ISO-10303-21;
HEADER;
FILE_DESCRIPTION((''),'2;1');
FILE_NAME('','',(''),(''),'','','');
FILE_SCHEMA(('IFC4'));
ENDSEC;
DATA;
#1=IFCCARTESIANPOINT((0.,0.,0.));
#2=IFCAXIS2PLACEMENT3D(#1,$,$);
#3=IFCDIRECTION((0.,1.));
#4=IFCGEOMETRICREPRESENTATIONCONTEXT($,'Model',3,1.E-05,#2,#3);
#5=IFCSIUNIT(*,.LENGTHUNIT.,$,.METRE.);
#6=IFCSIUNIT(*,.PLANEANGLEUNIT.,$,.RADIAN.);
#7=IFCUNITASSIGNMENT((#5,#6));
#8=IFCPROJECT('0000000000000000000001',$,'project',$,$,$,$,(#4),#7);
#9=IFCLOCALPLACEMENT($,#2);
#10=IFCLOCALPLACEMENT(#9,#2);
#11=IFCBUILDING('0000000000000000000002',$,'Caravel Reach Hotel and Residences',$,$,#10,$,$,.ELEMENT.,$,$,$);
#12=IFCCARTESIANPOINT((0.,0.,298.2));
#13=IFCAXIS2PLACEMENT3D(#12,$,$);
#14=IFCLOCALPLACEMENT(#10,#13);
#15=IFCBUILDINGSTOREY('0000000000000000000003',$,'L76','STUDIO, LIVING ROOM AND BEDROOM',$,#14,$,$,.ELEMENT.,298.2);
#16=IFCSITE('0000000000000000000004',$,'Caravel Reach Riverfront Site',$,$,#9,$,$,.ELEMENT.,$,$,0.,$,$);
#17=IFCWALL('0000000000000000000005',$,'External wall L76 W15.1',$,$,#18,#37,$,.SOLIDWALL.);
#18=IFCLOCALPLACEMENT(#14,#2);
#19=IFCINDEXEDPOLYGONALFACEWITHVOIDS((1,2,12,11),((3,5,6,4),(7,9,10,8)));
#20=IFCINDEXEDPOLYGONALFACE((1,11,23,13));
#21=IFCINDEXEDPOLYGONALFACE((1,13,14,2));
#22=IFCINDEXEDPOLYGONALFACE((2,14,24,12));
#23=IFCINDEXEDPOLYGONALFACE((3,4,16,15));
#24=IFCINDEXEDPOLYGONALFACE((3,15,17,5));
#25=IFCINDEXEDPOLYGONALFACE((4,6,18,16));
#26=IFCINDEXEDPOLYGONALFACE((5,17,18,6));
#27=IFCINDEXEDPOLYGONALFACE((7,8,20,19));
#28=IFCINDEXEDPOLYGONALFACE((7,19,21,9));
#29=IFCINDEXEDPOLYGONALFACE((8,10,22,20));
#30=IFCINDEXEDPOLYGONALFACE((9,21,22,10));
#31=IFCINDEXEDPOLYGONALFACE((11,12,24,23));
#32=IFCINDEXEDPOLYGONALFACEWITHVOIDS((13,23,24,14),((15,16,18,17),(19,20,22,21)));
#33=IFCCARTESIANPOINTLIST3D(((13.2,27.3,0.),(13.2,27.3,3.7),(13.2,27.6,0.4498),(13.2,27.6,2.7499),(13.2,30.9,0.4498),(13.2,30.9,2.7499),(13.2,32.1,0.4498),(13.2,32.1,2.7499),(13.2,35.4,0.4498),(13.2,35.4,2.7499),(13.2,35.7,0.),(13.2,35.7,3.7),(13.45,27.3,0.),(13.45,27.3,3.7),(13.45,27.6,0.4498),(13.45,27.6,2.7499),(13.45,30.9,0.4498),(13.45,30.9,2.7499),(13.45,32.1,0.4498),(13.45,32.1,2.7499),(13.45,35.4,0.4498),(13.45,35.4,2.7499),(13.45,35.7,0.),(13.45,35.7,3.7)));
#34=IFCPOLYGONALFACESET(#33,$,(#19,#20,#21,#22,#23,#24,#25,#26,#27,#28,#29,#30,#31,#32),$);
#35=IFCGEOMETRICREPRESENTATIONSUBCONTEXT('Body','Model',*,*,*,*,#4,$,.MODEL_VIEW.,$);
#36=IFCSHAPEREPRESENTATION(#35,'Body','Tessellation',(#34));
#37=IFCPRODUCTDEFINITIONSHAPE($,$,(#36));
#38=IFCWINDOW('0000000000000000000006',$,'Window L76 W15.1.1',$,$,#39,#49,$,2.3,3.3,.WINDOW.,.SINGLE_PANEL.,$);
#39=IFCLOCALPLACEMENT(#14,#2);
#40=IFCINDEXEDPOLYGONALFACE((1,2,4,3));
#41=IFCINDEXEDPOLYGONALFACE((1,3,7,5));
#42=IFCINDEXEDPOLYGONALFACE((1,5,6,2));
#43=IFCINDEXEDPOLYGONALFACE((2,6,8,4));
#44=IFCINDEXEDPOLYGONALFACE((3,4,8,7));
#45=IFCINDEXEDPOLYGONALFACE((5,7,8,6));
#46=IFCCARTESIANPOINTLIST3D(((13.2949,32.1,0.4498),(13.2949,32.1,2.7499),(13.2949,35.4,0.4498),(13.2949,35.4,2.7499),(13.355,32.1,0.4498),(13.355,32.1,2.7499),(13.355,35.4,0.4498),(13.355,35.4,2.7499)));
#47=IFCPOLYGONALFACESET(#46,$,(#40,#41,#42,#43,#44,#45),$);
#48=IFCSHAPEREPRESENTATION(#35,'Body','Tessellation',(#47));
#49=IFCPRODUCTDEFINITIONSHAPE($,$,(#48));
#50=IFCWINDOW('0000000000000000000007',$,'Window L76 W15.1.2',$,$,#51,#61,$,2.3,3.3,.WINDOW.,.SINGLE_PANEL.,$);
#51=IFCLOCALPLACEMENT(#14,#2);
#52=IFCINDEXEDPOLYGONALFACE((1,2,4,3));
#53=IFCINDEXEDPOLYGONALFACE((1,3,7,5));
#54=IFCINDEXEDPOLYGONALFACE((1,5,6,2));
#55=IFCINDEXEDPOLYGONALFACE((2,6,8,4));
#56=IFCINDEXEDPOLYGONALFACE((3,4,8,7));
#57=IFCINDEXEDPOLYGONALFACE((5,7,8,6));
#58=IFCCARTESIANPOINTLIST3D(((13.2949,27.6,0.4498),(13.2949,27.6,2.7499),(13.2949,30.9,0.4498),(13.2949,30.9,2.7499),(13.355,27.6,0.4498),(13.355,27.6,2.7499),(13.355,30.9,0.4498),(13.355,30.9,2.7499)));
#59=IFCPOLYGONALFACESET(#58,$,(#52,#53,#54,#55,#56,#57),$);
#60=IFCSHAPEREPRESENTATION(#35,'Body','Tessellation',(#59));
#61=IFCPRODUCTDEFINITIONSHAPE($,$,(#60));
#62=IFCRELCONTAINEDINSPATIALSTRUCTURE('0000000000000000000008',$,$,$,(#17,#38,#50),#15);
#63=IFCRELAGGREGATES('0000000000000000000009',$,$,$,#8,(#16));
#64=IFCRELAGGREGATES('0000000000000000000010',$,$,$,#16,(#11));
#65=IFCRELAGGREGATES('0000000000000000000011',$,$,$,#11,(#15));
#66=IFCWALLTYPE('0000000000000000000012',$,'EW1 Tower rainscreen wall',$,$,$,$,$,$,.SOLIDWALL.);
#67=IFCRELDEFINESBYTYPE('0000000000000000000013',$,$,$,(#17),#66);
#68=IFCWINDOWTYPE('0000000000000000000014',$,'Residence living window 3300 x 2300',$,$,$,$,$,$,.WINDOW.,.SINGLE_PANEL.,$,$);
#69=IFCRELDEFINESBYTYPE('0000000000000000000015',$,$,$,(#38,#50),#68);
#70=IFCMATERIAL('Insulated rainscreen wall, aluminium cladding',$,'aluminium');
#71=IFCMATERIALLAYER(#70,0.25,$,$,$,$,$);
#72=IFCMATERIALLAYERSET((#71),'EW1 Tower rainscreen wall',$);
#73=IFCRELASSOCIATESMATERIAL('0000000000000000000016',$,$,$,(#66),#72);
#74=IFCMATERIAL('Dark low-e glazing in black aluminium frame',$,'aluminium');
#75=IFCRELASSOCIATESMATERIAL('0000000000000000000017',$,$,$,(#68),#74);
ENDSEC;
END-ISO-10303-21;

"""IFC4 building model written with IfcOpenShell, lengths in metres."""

from ifc_helpers import new_model, si_unit, direction, frame, frame_2d, origin, place, context, subcontext, project, spatial, rectangle, extrude, material, layer, layer_set, type_object, element, fill, save


model = new_model("IFC4")

# Units and contexts
model_context = context("Model", 3, precision=1e-05, world=origin(), true_north=direction((0.0, 1.0)))
body_context = subcontext(model_context, "Body", "Model", "MODEL_VIEW")
ifc_project = project(units=[si_unit("LENGTHUNIT", "METRE"), si_unit("PLANEANGLEUNIT", "RADIAN")], contexts=[model_context])

# Site, building, storey
site_placement = place(None, origin())
site = spatial("IfcSite", under=ifc_project, at=site_placement, Name="Caravel Reach Riverfront Site", CompositionType="ELEMENT", RefElevation=0.0)
building_placement = place(site_placement, origin())
building = spatial("IfcBuilding", under=site, at=building_placement, Name="Caravel Reach Hotel and Residences", CompositionType="ELEMENT")
storey_placement = place(building_placement, frame((0.0, 0.0, 298.2)))
storey = spatial("IfcBuildingStorey", under=building, at=storey_placement, Name="L76", Description="STUDIO, LIVING ROOM AND BEDROOM", CompositionType="ELEMENT", Elevation=298.2)

# Shared definitions
ifc_material_1 = material(Name="Insulated rainscreen wall, aluminium cladding", Category="aluminium")
ifc_layer = layer(ifc_material_1, 0.25)
ifc_layer_set = layer_set([ifc_layer], Name="EW1 Tower rainscreen wall")
wall_type = type_object("IfcWallType", Name="EW1 Tower rainscreen wall", PredefinedType="SOLIDWALL", material=ifc_layer_set)

# Wall, openings, windows
wall_1_placement = place(storey_placement, frame((13.325, 35.7, 0.0), z_axis=(0.0, 0.0, 1.0), x_axis=(0.0, -1.0, 0.0)))
wall_1 = element("IfcWall", 1, at=wall_1_placement, inside=storey, type_object=wall_type, Name="External wall L76 W15.1", PredefinedType="SOLIDWALL", context=body_context, shape_type="SweptSolid", body=[
    extrude(rectangle(XDim=8.3999, YDim=0.25, at=frame_2d((4.2, 0.0))), origin(), (0.0, 0.0, 1.0), 3.7),
])
opening_1_placement = place(wall_1_placement, frame((0.3, 0.0, 0.45)))
opening_1 = element("IfcOpeningElement", 2, at=opening_1_placement, cuts=wall_1, PredefinedType="OPENING", context=body_context, shape_type="SweptSolid", body=[
    extrude(rectangle(XDim=3.3, YDim=2.3, at=frame_2d((1.6499, 1.1499))), frame((0.0, 0.135, 0.0), z_axis=(0.0, -1.0, 0.0), x_axis=(1.0, 0.0, 0.0)), (0.0, 0.0, 1.0), 0.27),
])
opening_2_placement = place(wall_1_placement, frame((4.8, 0.0, 0.45)))
opening_2 = element("IfcOpeningElement", 3, at=opening_2_placement, cuts=wall_1, PredefinedType="OPENING", context=body_context, shape_type="SweptSolid", body=[
    extrude(rectangle(XDim=3.3, YDim=2.3, at=frame_2d((1.6499, 1.1499))), frame((0.0, 0.135, 0.0), z_axis=(0.0, -1.0, 0.0), x_axis=(1.0, 0.0, 0.0)), (0.0, 0.0, 1.0), 0.27),
])
ifc_material_2 = material(Name="Dark low-e glazing in black aluminium frame", Category="aluminium")
window_type_1 = type_object("IfcWindowType", Name="Residence living window 3300 x 2300", PartitioningType="SINGLE_PANEL", PredefinedType="WINDOW", material=ifc_material_2)
window_1_placement = place(opening_1_placement, origin())
window_1 = element("IfcWindow", 4, at=window_1_placement, inside=storey, type_object=window_type_1, Name="Window L76 W15.1.1", OverallHeight=2.3, OverallWidth=3.3, PartitioningType="SINGLE_PANEL", PredefinedType="WINDOW", context=body_context, shape_type="SweptSolid", body=[
    extrude(rectangle(XDim=3.3, YDim=2.3, at=frame_2d((1.6499, 1.1499))), frame((0.0, 0.03, 0.0), z_axis=(0.0, -1.0, 0.0), x_axis=(1.0, 0.0, 0.0)), (0.0, 0.0, 1.0), 0.0601),
])
fill(opening_1, window_1)
window_2_placement = place(opening_2_placement, origin())
window_2 = element("IfcWindow", 5, at=window_2_placement, inside=storey, type_object=window_type_1, Name="Window L76 W15.1.2", OverallHeight=2.3, OverallWidth=3.3, PartitioningType="SINGLE_PANEL", PredefinedType="WINDOW", context=body_context, shape_type="SweptSolid", body=[
    extrude(rectangle(XDim=3.3, YDim=2.3, at=frame_2d((1.6499, 1.1499))), frame((0.0, 0.03, 0.0), z_axis=(0.0, -1.0, 0.0), x_axis=(1.0, 0.0, 0.0)), (0.0, 0.0, 1.0), 0.0601),
])
fill(opening_2, window_2)

save(model, "model.ifc")
